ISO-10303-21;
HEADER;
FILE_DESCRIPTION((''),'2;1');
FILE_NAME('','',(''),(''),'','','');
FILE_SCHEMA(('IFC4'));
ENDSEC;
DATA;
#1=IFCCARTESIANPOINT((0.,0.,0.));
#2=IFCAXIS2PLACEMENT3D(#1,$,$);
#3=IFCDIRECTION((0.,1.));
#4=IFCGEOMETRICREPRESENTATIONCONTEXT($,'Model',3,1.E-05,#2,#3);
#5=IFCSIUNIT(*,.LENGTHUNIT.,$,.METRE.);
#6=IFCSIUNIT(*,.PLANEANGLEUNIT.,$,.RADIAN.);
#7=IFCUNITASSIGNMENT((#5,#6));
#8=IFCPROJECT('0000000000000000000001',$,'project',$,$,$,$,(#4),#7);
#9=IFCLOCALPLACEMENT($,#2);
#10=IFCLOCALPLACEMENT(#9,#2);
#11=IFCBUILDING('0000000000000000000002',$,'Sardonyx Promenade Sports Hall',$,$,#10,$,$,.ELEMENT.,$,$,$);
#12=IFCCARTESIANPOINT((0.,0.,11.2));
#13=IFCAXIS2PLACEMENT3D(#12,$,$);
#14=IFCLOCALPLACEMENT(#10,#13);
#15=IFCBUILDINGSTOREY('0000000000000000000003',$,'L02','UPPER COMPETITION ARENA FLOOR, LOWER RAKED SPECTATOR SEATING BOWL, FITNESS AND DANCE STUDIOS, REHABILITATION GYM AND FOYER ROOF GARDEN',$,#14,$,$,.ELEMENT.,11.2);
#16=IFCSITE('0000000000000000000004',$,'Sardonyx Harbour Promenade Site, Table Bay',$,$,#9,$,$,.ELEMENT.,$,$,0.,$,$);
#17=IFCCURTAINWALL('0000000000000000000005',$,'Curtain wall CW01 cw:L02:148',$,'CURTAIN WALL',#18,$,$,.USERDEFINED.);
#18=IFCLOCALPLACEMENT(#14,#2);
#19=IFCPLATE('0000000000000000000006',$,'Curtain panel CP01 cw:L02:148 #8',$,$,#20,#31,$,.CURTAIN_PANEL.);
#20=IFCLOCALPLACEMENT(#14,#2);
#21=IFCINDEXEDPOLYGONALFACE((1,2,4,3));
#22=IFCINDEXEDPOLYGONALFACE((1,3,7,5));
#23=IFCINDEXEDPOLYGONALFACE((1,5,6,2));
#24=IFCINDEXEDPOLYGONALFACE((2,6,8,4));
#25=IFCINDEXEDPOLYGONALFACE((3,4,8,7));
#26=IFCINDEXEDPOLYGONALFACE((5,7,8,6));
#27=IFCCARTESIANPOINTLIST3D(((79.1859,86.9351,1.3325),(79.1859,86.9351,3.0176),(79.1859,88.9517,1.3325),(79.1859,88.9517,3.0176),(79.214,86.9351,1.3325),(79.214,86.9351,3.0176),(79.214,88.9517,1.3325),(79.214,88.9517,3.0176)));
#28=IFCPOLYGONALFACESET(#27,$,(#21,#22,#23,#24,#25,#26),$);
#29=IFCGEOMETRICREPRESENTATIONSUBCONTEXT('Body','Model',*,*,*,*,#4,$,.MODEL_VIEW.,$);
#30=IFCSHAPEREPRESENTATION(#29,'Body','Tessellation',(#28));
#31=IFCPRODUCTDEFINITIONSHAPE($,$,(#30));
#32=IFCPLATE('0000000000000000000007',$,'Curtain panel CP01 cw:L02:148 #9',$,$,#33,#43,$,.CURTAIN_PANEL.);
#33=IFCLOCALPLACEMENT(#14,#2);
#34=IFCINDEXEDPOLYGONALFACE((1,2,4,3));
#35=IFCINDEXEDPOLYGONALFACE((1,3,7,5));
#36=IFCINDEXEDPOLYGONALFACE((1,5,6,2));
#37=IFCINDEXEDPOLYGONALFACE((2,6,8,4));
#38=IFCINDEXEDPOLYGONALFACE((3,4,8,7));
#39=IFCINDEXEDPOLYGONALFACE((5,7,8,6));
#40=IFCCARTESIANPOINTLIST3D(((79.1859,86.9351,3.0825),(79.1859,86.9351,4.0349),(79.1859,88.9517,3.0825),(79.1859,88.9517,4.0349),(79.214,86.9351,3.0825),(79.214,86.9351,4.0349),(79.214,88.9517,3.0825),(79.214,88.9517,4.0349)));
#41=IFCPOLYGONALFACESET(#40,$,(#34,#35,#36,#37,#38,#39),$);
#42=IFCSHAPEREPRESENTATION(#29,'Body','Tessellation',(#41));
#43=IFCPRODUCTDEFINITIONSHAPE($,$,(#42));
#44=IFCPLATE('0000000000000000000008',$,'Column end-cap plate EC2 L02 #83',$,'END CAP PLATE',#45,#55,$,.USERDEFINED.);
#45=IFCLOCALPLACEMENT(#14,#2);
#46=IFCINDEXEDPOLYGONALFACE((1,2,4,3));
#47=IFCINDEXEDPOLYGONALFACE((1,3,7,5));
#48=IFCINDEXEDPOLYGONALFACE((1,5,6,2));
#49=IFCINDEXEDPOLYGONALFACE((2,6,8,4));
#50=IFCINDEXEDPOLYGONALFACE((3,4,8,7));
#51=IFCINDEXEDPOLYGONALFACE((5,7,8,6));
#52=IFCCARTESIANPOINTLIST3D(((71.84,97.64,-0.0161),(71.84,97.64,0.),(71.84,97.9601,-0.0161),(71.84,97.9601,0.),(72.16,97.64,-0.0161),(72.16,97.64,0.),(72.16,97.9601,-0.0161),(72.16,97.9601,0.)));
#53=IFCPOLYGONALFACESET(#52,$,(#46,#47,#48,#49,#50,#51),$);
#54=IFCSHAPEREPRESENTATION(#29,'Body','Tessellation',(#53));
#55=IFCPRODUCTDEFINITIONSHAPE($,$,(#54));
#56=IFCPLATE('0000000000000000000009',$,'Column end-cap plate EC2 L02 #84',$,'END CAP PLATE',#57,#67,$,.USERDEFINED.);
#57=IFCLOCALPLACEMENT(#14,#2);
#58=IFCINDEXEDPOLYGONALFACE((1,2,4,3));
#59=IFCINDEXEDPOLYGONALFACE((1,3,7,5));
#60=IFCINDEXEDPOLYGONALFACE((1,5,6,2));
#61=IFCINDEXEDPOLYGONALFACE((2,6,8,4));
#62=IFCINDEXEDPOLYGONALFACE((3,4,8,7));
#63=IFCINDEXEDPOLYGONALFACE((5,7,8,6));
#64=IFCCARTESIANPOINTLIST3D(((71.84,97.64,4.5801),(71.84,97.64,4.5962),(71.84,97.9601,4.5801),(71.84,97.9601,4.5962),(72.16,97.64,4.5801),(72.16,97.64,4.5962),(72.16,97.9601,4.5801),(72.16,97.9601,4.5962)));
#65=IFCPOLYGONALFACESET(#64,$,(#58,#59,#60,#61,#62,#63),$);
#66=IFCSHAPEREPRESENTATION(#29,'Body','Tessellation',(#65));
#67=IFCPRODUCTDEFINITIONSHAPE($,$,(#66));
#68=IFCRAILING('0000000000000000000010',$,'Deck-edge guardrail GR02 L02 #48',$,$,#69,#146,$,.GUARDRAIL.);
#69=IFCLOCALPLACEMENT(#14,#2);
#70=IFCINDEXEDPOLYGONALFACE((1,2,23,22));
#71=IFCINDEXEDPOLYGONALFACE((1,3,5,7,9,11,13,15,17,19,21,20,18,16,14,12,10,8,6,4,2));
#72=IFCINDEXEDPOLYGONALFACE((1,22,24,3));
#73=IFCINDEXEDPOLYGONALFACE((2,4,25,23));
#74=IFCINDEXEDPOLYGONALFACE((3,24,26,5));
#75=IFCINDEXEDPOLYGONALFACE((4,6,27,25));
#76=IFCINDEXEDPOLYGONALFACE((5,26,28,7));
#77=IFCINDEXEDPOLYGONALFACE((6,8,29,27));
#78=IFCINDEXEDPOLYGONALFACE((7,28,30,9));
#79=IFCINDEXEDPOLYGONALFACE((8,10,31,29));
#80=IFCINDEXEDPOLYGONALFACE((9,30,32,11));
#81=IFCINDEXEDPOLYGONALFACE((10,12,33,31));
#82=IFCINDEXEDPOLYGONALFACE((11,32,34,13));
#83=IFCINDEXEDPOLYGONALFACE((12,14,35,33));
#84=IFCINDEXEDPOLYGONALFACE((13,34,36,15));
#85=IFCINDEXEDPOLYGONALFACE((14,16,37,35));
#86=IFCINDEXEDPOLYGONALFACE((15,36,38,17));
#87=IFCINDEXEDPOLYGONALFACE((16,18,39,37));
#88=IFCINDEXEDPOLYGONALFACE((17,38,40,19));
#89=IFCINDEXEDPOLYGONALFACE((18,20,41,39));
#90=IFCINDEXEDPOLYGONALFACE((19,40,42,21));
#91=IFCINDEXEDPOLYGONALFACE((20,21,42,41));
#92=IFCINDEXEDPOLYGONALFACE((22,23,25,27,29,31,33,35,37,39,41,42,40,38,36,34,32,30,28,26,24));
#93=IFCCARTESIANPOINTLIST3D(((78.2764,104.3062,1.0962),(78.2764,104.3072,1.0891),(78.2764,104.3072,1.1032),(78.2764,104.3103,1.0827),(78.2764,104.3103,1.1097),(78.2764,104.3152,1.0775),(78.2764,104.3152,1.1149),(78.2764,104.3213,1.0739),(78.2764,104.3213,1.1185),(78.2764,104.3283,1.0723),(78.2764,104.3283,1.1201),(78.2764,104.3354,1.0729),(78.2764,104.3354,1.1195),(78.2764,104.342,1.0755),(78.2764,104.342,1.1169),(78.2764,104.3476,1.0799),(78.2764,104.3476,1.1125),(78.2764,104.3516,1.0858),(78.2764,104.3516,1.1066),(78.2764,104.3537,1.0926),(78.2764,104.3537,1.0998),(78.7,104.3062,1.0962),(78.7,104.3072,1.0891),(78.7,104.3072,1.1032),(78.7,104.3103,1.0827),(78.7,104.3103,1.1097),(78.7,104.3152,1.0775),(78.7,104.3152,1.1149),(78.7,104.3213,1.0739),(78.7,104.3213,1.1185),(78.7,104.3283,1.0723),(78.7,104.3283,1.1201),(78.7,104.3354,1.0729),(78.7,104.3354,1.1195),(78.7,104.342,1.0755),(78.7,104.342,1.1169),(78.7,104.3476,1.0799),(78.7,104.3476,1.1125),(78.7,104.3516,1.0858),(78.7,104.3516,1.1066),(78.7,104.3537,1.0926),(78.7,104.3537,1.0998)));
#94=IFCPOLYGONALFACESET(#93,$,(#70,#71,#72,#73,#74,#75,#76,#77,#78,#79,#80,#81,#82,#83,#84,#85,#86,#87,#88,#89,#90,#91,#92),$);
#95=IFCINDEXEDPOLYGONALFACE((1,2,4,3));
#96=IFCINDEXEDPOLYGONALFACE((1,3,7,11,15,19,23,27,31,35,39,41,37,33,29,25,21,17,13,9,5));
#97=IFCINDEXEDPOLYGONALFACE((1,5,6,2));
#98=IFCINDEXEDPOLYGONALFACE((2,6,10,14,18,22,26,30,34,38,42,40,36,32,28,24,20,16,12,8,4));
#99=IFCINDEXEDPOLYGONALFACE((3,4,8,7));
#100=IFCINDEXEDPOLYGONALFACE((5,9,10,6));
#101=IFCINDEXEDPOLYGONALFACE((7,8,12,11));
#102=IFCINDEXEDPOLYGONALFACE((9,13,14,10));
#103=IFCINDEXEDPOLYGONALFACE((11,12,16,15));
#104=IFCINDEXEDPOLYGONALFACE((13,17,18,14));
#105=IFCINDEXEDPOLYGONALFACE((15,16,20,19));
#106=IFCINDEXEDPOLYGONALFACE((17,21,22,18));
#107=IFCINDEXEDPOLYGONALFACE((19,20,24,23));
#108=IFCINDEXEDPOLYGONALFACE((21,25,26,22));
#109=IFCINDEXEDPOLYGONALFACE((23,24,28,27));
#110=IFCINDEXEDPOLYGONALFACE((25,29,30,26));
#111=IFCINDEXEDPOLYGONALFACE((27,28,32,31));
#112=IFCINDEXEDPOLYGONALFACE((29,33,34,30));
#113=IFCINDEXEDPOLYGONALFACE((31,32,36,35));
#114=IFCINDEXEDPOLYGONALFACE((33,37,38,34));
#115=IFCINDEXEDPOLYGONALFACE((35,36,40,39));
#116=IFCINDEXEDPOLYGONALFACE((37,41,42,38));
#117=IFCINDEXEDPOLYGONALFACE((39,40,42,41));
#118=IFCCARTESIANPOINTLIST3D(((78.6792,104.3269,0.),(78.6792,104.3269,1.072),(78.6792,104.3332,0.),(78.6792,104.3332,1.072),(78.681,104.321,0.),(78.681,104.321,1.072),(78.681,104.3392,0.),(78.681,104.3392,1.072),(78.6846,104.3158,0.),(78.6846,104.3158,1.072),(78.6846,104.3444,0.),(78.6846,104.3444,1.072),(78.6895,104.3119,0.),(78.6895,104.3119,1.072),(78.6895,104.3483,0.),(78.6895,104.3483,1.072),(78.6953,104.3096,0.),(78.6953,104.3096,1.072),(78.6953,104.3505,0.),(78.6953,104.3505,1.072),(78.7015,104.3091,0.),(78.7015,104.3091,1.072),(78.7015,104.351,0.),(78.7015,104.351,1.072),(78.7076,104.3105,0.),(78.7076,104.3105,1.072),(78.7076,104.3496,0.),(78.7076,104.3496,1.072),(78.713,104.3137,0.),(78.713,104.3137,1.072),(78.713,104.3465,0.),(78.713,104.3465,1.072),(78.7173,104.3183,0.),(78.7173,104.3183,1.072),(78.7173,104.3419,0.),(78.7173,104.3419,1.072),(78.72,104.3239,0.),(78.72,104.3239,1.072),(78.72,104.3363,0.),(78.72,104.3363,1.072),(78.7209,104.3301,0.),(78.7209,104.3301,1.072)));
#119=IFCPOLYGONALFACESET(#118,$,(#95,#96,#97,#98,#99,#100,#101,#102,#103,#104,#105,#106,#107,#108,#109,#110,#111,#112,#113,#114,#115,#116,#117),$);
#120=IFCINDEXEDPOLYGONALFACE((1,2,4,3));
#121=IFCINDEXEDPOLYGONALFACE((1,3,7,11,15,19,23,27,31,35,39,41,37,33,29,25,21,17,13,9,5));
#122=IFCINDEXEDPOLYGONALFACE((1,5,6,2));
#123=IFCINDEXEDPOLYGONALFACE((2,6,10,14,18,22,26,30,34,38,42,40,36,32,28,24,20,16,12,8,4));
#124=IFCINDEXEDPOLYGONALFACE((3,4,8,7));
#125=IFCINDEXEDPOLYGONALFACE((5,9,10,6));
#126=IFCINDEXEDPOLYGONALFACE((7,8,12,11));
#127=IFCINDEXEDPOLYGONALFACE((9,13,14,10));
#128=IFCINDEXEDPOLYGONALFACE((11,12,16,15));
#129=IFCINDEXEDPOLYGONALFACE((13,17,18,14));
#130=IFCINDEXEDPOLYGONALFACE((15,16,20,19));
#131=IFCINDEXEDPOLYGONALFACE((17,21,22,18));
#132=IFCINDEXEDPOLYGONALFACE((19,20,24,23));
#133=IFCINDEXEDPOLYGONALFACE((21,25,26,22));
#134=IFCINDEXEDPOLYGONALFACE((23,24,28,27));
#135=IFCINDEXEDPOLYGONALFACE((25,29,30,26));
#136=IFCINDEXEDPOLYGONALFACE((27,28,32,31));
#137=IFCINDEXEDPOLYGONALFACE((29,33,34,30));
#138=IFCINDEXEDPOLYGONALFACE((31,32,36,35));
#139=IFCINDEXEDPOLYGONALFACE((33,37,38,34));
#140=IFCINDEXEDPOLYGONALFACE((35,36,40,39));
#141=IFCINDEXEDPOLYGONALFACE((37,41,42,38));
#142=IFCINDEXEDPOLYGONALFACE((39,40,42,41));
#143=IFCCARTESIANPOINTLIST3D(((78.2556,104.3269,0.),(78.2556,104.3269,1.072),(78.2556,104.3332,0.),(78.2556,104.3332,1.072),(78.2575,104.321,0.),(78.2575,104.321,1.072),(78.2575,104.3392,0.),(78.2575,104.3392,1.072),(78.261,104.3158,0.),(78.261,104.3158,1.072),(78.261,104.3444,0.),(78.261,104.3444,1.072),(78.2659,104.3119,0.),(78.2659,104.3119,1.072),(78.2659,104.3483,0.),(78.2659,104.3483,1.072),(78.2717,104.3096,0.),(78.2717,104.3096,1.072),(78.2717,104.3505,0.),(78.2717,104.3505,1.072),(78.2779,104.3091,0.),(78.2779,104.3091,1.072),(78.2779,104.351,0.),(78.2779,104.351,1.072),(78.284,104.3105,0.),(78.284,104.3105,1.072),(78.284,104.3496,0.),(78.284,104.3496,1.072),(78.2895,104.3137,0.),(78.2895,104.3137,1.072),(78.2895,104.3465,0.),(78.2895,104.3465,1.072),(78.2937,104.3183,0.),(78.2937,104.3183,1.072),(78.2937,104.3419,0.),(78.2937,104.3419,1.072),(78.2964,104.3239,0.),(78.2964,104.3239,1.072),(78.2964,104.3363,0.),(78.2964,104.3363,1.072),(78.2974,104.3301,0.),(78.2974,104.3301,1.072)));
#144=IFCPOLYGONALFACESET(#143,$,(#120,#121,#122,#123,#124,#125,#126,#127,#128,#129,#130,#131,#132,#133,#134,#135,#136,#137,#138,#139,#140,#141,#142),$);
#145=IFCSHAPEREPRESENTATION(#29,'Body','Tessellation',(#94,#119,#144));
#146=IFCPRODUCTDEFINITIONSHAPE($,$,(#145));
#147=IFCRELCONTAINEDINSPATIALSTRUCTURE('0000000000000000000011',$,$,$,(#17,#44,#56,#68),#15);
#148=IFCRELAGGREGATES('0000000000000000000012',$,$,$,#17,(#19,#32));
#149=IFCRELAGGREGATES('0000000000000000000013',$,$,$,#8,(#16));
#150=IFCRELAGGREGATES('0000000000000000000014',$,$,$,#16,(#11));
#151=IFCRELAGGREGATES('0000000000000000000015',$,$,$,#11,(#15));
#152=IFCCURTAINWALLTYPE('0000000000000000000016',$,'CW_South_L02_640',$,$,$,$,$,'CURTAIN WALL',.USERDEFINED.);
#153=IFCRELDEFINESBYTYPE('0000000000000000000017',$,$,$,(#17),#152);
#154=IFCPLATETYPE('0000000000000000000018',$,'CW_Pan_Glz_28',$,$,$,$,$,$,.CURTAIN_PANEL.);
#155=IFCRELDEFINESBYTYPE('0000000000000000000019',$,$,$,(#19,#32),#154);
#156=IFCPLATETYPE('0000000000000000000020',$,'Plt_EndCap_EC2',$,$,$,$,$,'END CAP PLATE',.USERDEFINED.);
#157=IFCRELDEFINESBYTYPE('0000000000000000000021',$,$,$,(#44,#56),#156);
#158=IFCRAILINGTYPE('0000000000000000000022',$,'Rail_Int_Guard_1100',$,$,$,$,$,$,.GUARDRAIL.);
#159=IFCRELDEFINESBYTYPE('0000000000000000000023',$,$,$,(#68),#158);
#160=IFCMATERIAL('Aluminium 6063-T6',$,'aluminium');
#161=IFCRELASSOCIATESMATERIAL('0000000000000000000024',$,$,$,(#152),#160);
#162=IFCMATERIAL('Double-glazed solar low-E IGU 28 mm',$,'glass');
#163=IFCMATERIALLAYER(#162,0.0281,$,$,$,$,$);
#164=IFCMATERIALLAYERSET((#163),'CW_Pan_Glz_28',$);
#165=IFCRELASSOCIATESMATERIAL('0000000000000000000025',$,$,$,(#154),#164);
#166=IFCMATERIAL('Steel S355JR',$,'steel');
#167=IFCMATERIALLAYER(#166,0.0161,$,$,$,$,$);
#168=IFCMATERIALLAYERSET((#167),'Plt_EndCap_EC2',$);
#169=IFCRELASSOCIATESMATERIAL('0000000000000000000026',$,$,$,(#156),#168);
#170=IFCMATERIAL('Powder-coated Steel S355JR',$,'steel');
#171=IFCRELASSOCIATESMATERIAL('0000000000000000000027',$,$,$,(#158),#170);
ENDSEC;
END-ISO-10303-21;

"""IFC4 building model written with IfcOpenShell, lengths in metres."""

from ifc_helpers import new_model, si_unit, direction, frame, origin, origin_2d, place, context, subcontext, project, spatial, rectangle, circle, extrude, material, layer, layer_set, type_object, element, aggregate, save


model = new_model("IFC4")

# Units and contexts
model_context = context("Model", 3, precision=1e-05, world=origin(), true_north=direction((0.0, 1.0)))
body_context = subcontext(model_context, "Body", "Model", "MODEL_VIEW")
ifc_project = project(units=[si_unit("LENGTHUNIT", "METRE"), si_unit("PLANEANGLEUNIT", "RADIAN")], contexts=[model_context])

# Site, building, storey
site_placement = place(None, origin())
site = spatial("IfcSite", under=ifc_project, at=site_placement, Name="Sardonyx Harbour Promenade Site, Table Bay", CompositionType="ELEMENT", RefElevation=0.0)
building_placement = place(site_placement, origin())
building = spatial("IfcBuilding", under=site, at=building_placement, Name="Sardonyx Promenade Sports Hall", CompositionType="ELEMENT")
storey_placement = place(building_placement, frame((0.0, 0.0, 11.2)))
storey = spatial("IfcBuildingStorey", under=building, at=storey_placement, Name="L02", Description="UPPER COMPETITION ARENA FLOOR, LOWER RAKED SPECTATOR SEATING BOWL, FITNESS AND DANCE STUDIOS, REHABILITATION GYM AND FOYER ROOF GARDEN", CompositionType="ELEMENT", Elevation=11.2)

# Curtain wall, plates
ifc_material_1 = material(Name="Aluminium 6063-T6", Category="aluminium")
curtain_wall_type = type_object("IfcCurtainWallType", Name="CW_South_L02_640", ElementType="CURTAIN WALL", PredefinedType="USERDEFINED", material=ifc_material_1)
curtain_wall_placement = place(storey_placement, origin())
curtain_wall = element("IfcCurtainWall", 1, at=curtain_wall_placement, inside=storey, type_object=curtain_wall_type, Name="Curtain wall CW01 cw:L02:148", ObjectType="CURTAIN WALL", PredefinedType="USERDEFINED")
ifc_material_2 = material(Name="Double-glazed solar low-E IGU 28 mm", Category="glass")
ifc_layer_1 = layer(ifc_material_2, 0.0281)
ifc_layer_set_1 = layer_set([ifc_layer_1], Name="CW_Pan_Glz_28")
plate_type_1 = type_object("IfcPlateType", Name="CW_Pan_Glz_28", PredefinedType="CURTAIN_PANEL", material=ifc_layer_set_1)
plate_1_placement = place(storey_placement, frame((79.2, 87.9434, 1.3325), z_axis=(0.0, 0.0, 1.0), x_axis=(0.0, -1.0, 0.0)))
plate_1 = element("IfcPlate", 2, at=plate_1_placement, type_object=plate_type_1, Name="Curtain panel CP01 cw:L02:148 #8", PredefinedType="CURTAIN_PANEL", context=body_context, shape_type="SweptSolid", body=[
    extrude(rectangle(XDim=2.0166, YDim=0.0281, at=origin_2d()), origin(), (0.0, 0.0, 1.0), 1.6851),
])
plate_2_placement = place(storey_placement, frame((79.2, 87.9434, 3.0825), z_axis=(0.0, 0.0, 1.0), x_axis=(0.0, -1.0, 0.0)))
plate_2 = element("IfcPlate", 3, at=plate_2_placement, type_object=plate_type_1, Name="Curtain panel CP01 cw:L02:148 #9", PredefinedType="CURTAIN_PANEL", context=body_context, shape_type="SweptSolid", body=[
    extrude(rectangle(XDim=2.0166, YDim=0.0281, at=origin_2d()), origin(), (0.0, 0.0, 1.0), 0.9524),
])
aggregate(curtain_wall, [plate_1, plate_2])

# Plates
ifc_material_3 = material(Name="Steel S355JR", Category="steel")
ifc_layer_2 = layer(ifc_material_3, 0.0161)
ifc_layer_set_2 = layer_set([ifc_layer_2], Name="Plt_EndCap_EC2")
plate_type_2 = type_object("IfcPlateType", Name="Plt_EndCap_EC2", ElementType="END CAP PLATE", PredefinedType="USERDEFINED", material=ifc_layer_set_2)
for number, where, z_axis, x_axis, name in (
    (4, (72.0, 97.8, -0.0161), (0.0, 0.0, 1.0), (1.0, 0.0, 0.0), "Column end-cap plate EC2 L02 #83"),
    (5, (72.0, 97.8, 4.5801), (0.0, 0.0, 1.0), (1.0, 0.0, 0.0), "Column end-cap plate EC2 L02 #84"),
):
    element("IfcPlate", number, at=place(storey_placement, frame(where, z_axis=z_axis, x_axis=x_axis)), inside=storey, type_object=plate_type_2, Name=name, ObjectType="END CAP PLATE", PredefinedType="USERDEFINED", context=body_context, shape_type="SweptSolid", body=[
        extrude(rectangle(XDim=0.3201, YDim=0.3201, at=origin_2d()), origin(), (0.0, 0.0, 1.0), 0.0161),
    ])

# Railing
ifc_material_4 = material(Name="Powder-coated Steel S355JR", Category="steel")
railing_type = type_object("IfcRailingType", Name="Rail_Int_Guard_1100", PredefinedType="GUARDRAIL", material=ifc_material_4)
railing_placement = place(storey_placement, frame((78.7, 104.3301, 0.0)))
element("IfcRailing", 6, at=railing_placement, inside=storey, type_object=railing_type, Name="Deck-edge guardrail GR02 L02 #48", PredefinedType="GUARDRAIL", context=body_context, shape_type="SweptSolid", body=[
    extrude(circle(Radius=0.0239, at=origin_2d()), frame((0.0, 0.0, 1.0962), z_axis=(-1.0, 0.0, 0.0), x_axis=(0.0, -1.0, 0.0)), (0.0, 0.0, 1.0), 0.4236),
    extrude(circle(Radius=0.021, at=origin_2d()), origin(), (0.0, 0.0, 1.0), 1.072),
    extrude(circle(Radius=0.021, at=origin_2d()), frame((-0.4236, 0.0, 0.0)), (0.0, 0.0, 1.0), 1.072),
])

save(model, "model.ifc")
